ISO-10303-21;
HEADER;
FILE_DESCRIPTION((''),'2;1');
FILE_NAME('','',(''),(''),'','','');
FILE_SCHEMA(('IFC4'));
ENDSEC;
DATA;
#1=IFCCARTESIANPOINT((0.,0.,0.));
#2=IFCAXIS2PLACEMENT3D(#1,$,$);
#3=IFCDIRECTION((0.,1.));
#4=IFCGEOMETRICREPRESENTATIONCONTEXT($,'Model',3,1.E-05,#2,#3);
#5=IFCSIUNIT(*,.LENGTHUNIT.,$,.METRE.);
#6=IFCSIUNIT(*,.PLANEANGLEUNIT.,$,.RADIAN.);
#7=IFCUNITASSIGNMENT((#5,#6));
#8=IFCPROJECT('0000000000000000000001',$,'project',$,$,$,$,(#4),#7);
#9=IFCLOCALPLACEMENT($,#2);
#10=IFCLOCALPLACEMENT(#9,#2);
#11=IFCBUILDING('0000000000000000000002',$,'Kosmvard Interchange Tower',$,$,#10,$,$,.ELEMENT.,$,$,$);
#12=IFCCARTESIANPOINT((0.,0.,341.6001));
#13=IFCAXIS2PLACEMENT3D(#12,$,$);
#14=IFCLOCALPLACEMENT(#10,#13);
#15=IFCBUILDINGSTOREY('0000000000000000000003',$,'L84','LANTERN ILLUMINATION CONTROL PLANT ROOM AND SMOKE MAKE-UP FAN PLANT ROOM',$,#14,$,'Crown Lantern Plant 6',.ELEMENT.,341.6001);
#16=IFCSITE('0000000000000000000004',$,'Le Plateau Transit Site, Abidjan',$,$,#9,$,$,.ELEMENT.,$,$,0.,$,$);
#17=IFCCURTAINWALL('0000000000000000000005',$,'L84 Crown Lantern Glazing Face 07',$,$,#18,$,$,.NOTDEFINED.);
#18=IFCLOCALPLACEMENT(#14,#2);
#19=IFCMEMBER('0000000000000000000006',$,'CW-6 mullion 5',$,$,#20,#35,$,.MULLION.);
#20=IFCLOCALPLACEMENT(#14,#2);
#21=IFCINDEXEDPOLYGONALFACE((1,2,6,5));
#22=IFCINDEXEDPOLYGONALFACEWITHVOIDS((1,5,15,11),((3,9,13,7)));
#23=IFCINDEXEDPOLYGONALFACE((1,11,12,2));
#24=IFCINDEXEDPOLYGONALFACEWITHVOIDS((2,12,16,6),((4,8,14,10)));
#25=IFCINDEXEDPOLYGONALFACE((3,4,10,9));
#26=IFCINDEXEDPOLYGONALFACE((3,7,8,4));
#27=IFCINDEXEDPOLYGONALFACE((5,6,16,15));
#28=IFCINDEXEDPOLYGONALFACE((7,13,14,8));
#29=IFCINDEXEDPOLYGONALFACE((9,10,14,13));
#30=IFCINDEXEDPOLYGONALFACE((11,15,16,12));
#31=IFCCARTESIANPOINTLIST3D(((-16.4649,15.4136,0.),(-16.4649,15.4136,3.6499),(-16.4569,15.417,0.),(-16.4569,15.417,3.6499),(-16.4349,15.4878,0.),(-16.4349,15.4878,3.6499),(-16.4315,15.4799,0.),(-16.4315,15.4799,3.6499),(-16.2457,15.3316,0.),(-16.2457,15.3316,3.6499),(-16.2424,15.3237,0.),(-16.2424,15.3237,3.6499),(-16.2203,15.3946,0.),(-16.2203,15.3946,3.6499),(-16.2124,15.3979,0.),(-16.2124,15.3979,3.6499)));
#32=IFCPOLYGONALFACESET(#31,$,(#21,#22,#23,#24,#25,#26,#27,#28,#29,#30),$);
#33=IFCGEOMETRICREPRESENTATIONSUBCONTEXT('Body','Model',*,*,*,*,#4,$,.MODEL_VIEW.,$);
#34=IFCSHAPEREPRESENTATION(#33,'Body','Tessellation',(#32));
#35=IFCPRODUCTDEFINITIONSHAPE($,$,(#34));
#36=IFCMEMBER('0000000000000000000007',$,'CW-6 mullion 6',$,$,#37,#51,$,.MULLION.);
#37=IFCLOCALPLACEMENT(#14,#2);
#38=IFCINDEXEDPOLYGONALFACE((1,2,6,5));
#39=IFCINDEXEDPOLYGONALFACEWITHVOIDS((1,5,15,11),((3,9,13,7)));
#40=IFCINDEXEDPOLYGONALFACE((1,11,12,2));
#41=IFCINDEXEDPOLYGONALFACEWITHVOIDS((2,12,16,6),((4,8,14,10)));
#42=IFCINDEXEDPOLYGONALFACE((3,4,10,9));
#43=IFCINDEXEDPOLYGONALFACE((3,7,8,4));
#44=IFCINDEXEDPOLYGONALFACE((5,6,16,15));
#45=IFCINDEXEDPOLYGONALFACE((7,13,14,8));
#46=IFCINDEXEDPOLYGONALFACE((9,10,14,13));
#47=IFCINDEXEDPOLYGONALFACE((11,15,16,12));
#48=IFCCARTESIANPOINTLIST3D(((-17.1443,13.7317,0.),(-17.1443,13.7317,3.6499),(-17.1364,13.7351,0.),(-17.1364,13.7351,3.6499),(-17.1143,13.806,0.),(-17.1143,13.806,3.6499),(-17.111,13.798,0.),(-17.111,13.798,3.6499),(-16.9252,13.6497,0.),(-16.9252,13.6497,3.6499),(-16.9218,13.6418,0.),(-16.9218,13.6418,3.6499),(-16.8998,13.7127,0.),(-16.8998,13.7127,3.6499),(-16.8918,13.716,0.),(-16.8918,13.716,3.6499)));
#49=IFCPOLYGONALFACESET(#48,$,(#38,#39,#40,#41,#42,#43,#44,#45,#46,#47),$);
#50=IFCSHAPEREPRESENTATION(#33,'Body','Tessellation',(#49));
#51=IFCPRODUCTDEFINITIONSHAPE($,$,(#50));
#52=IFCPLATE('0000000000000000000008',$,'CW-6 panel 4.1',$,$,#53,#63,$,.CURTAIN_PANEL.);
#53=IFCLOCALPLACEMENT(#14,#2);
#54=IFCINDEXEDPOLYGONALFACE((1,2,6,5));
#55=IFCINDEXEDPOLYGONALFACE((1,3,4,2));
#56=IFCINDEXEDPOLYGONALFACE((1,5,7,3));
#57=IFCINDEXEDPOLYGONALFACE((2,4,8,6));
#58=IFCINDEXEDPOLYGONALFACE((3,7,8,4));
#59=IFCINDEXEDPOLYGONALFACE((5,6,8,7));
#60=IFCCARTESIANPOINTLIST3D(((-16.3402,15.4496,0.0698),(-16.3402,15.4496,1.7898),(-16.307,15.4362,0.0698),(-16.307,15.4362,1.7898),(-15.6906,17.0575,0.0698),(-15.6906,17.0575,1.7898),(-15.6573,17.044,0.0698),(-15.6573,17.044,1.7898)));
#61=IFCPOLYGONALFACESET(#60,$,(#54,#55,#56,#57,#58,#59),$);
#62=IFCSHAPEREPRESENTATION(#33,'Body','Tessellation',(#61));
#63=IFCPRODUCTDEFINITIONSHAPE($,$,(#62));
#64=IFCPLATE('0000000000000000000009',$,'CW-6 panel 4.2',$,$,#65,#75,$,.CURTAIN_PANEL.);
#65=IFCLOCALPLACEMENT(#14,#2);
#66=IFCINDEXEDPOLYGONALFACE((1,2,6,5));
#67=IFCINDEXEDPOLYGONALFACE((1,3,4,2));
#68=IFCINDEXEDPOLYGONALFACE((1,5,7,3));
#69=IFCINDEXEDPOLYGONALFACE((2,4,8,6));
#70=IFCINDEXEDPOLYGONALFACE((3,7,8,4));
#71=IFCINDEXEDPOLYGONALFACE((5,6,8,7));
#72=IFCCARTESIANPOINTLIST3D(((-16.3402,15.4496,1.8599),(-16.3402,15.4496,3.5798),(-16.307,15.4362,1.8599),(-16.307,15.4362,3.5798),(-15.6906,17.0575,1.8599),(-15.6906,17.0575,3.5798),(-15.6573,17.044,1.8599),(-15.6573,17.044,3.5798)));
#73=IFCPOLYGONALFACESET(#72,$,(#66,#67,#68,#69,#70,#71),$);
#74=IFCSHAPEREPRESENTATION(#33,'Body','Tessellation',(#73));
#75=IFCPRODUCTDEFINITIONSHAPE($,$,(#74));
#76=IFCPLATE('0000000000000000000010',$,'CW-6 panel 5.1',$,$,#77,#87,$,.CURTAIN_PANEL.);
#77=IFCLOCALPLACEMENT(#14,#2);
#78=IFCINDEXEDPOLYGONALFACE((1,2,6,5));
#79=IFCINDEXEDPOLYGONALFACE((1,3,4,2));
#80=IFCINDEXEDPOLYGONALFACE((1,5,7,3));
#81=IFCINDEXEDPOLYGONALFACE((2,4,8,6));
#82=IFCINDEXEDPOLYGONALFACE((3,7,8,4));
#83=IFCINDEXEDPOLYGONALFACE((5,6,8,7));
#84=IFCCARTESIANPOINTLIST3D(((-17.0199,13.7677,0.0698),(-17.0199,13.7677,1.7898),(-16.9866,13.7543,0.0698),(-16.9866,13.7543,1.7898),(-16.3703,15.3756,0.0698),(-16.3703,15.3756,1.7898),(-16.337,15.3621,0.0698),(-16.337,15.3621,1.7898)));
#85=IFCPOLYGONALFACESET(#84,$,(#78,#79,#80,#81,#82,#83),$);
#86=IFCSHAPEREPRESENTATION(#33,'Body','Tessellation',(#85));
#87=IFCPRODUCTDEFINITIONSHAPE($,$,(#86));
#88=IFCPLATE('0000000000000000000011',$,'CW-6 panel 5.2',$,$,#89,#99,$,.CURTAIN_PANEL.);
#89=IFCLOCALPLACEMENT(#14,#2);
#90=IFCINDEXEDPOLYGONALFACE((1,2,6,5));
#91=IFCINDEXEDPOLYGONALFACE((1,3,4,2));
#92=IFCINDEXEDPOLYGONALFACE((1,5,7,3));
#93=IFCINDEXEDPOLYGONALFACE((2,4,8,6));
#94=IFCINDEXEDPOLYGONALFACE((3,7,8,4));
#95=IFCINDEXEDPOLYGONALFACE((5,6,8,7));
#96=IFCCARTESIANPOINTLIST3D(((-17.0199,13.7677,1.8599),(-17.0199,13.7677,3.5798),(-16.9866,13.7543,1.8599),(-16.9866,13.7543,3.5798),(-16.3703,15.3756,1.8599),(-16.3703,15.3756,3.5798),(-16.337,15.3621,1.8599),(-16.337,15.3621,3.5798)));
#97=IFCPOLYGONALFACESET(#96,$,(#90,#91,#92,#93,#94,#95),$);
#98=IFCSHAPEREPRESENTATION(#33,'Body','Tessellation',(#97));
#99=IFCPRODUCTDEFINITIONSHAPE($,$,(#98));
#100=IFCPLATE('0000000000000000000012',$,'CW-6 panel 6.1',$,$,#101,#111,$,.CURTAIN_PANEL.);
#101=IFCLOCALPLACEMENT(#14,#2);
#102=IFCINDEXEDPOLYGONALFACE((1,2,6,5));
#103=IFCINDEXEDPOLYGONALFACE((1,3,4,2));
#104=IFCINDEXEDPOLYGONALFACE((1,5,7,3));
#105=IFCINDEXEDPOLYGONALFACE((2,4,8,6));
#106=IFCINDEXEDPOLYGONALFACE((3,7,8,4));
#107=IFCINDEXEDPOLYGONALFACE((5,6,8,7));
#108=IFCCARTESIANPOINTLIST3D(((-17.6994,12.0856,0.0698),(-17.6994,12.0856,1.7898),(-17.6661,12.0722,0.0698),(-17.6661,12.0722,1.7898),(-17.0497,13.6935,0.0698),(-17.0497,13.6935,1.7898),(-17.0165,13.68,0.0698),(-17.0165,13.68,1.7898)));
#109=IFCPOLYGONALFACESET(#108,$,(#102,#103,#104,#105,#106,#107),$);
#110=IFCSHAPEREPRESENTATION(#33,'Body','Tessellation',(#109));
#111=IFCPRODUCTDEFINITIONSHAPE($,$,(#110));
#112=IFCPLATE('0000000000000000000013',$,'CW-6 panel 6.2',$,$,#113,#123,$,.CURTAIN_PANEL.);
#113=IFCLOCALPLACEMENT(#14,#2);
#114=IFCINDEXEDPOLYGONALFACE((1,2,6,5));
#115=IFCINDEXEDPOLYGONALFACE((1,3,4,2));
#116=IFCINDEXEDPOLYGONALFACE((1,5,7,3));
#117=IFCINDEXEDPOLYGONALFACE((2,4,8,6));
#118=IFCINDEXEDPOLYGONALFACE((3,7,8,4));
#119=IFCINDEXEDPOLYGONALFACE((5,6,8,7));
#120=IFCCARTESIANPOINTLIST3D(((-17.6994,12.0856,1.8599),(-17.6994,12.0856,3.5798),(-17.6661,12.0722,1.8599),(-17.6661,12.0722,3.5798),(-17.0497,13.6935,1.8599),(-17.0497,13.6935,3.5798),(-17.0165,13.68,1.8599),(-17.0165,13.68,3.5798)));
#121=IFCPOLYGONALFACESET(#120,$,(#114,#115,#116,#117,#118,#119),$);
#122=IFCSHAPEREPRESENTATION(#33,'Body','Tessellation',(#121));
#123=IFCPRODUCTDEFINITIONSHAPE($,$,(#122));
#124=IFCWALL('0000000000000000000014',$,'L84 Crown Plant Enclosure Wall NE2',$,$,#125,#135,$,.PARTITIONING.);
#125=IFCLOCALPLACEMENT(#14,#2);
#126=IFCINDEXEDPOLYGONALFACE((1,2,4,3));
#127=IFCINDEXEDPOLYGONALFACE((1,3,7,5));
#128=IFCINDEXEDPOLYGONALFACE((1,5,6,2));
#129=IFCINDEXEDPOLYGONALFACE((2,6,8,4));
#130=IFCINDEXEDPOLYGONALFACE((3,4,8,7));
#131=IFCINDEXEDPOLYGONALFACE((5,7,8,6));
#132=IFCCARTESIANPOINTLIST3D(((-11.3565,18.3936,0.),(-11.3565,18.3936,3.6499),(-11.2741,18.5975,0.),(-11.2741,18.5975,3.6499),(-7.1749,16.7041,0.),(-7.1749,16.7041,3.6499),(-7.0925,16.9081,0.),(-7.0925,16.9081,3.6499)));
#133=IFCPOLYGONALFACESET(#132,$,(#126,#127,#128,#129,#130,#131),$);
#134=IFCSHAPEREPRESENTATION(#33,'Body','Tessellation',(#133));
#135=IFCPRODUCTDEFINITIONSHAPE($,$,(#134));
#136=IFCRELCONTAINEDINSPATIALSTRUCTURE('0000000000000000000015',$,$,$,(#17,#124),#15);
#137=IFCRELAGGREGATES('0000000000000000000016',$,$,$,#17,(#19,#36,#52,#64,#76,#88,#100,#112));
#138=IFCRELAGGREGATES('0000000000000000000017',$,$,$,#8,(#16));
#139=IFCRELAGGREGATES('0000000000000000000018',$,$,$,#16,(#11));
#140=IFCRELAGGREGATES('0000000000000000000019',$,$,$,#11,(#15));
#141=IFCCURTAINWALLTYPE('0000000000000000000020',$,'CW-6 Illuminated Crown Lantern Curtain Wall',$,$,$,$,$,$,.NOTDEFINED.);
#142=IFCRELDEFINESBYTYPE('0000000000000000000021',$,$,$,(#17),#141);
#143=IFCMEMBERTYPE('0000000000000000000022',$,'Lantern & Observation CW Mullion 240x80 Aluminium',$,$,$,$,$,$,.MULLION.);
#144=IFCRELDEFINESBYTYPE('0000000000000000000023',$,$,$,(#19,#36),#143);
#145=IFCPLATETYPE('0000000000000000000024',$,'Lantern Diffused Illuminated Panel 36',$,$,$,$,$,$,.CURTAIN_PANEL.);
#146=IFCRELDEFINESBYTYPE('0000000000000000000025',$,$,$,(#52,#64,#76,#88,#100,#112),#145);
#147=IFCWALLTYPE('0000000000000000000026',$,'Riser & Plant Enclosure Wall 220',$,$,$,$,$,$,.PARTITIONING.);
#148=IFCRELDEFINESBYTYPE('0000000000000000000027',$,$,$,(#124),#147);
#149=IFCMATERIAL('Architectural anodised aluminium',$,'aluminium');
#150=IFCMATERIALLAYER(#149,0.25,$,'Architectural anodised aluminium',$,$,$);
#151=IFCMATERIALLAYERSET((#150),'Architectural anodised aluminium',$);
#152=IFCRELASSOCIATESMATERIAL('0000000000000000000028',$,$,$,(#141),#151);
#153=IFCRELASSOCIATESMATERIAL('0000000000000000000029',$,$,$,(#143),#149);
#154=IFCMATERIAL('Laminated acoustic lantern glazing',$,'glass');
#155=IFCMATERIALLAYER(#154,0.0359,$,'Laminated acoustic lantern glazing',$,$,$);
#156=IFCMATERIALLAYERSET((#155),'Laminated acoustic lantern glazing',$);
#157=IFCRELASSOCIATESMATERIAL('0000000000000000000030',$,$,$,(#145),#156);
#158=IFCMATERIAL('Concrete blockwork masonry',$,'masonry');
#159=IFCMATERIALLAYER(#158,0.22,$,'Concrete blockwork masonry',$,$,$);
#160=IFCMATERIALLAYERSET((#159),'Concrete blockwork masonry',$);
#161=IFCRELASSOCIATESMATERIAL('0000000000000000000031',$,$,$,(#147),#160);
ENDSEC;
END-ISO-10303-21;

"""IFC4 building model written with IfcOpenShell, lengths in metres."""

from ifc_helpers import new_model, si_unit, direction, frame, frame_2d, origin, origin_2d, place, context, subcontext, project, spatial, rectangle, hollow_rectangle, extrude, source, transform, mapped, material, layer, layer_set, material_profile, profile_set, type_object, element, aggregate, save


model = new_model("IFC4")

# Units and contexts
model_context = context("Model", 3, precision=1e-05, world=origin(), true_north=direction((0.0, 1.0)))
body_context = subcontext(model_context, "Body", "Model", "MODEL_VIEW")
ifc_project = project(units=[si_unit("LENGTHUNIT", "METRE"), si_unit("PLANEANGLEUNIT", "RADIAN")], contexts=[model_context])

# Site, building, storey
site_placement = place(None, origin())
site = spatial("IfcSite", under=ifc_project, at=site_placement, Name="Le Plateau Transit Site, Abidjan", CompositionType="ELEMENT", RefElevation=0.0)
building_placement = place(site_placement, origin())
building = spatial("IfcBuilding", under=site, at=building_placement, Name="Kosmvard Interchange Tower", CompositionType="ELEMENT")
storey_placement = place(building_placement, frame((0.0, 0.0, 341.6001)))
storey = spatial("IfcBuildingStorey", under=building, at=storey_placement, Name="L84", Description="LANTERN ILLUMINATION CONTROL PLANT ROOM AND SMOKE MAKE-UP FAN PLANT ROOM", LongName="Crown Lantern Plant 6", CompositionType="ELEMENT", Elevation=341.6001)

# Curtain wall, members, plates
ifc_material_1 = material(Name="Architectural anodised aluminium", Category="aluminium")
ifc_layer_1 = layer(ifc_material_1, 0.25, Name="Architectural anodised aluminium")
ifc_layer_set_1 = layer_set([ifc_layer_1], Name="Architectural anodised aluminium")
curtain_wall_type = type_object("IfcCurtainWallType", Name="CW-6 Illuminated Crown Lantern Curtain Wall", PredefinedType="NOTDEFINED", material=ifc_layer_set_1)
curtain_wall_placement = place(storey_placement, origin())
curtain_wall = element("IfcCurtainWall", 1, at=curtain_wall_placement, inside=storey, type_object=curtain_wall_type, Name="L84 Crown Lantern Glazing Face 07", PredefinedType="NOTDEFINED")
ifc_material_profile_1 = material_profile(ifc_material_1, hollow_rectangle(XDim=0.24, YDim=0.0801, WallThickness=0.0061, at=origin_2d()), Name="CWM 240x80x6")
ifc_profile_set_1 = profile_set([ifc_material_profile_1], Name="Architectural anodised aluminium")
member_type_1 = type_object("IfcMemberType", Name="Lantern & Observation CW Mullion 240x80 Aluminium", PredefinedType="MULLION", material=ifc_profile_set_1)
shared_shape_1 = source(origin(), body_context, "Body", "SweptSolid", [
    extrude(hollow_rectangle(XDim=0.24, YDim=0.0801, WallThickness=0.0061, at=origin_2d()), origin(), (0.0, 0.0, 1.0), 3.6499),
])
member_1_placement = place(storey_placement, frame((-16.3386, 15.4058, 0.0), z_axis=(0.0, 0.0, 1.0), x_axis=(0.927184, -0.374607, 0.0)))
member_1 = element("IfcMember", 2, at=member_1_placement, type_object=member_type_1, Name="CW-6 mullion 5", PredefinedType="MULLION", context=body_context, shape_type="MappedRepresentation", body=[
    mapped(shared_shape_1, transform((0.0, 0.0, 0.0), scale=1.0)),
])
member_2_placement = place(storey_placement, frame((-17.0181, 13.7239, 0.0), z_axis=(0.0, 0.0, 1.0), x_axis=(0.927184, -0.374607, 0.0)))
member_2 = element("IfcMember", 3, at=member_2_placement, type_object=member_type_1, Name="CW-6 mullion 6", PredefinedType="MULLION", context=body_context, shape_type="MappedRepresentation", body=[
    mapped(shared_shape_1, transform((0.0, 0.0, 0.0), scale=1.0)),
])
ifc_material_2 = material(Name="Laminated acoustic lantern glazing", Category="glass")
ifc_layer_2 = layer(ifc_material_2, 0.0359, Name="Laminated acoustic lantern glazing")
ifc_layer_set_2 = layer_set([ifc_layer_2], Name="Laminated acoustic lantern glazing")
plate_type = type_object("IfcPlateType", Name="Lantern Diffused Illuminated Panel 36", PredefinedType="CURTAIN_PANEL", material=ifc_layer_set_2)
shared_shape_2 = source(origin(), body_context, "Body", "SweptSolid", [
    extrude(rectangle(XDim=1.7341, YDim=0.0359, at=origin_2d()), origin(), (0.0, 0.0, 1.0), 1.72),
])
plate_1_placement = place(storey_placement, frame((-15.9988, 16.2468, 0.0698), z_axis=(0.0, 0.0, 1.0), x_axis=(-0.374607, -0.927184, 0.0)))
plate_1 = element("IfcPlate", 4, at=plate_1_placement, type_object=plate_type, Name="CW-6 panel 4.1", PredefinedType="CURTAIN_PANEL", context=body_context, shape_type="MappedRepresentation", body=[
    mapped(shared_shape_2, transform((0.0, 0.0, 0.0), scale=1.0)),
])
plate_2_placement = place(storey_placement, frame((-15.9988, 16.2468, 1.8599), z_axis=(0.0, 0.0, 1.0), x_axis=(-0.374607, -0.927184, 0.0)))
plate_2 = element("IfcPlate", 5, at=plate_2_placement, type_object=plate_type, Name="CW-6 panel 4.2", PredefinedType="CURTAIN_PANEL", context=body_context, shape_type="MappedRepresentation", body=[
    mapped(shared_shape_2, transform((0.0, 0.0, 0.0), scale=1.0)),
])
plate_3_placement = place(storey_placement, frame((-16.6785, 14.5649, 0.0698), z_axis=(0.0, 0.0, 1.0), x_axis=(-0.374607, -0.927184, 0.0)))
plate_3 = element("IfcPlate", 6, at=plate_3_placement, type_object=plate_type, Name="CW-6 panel 5.1", PredefinedType="CURTAIN_PANEL", context=body_context, shape_type="MappedRepresentation", body=[
    mapped(shared_shape_2, transform((0.0, 0.0, 0.0), scale=1.0)),
])
plate_4_placement = place(storey_placement, frame((-16.6785, 14.5649, 1.8599), z_axis=(0.0, 0.0, 1.0), x_axis=(-0.374607, -0.927184, 0.0)))
plate_4 = element("IfcPlate", 7, at=plate_4_placement, type_object=plate_type, Name="CW-6 panel 5.2", PredefinedType="CURTAIN_PANEL", context=body_context, shape_type="MappedRepresentation", body=[
    mapped(shared_shape_2, transform((0.0, 0.0, 0.0), scale=1.0)),
])
plate_5_placement = place(storey_placement, frame((-17.3579, 12.8828, 0.0698), z_axis=(0.0, 0.0, 1.0), x_axis=(-0.374607, -0.927184, 0.0)))
plate_5 = element("IfcPlate", 8, at=plate_5_placement, type_object=plate_type, Name="CW-6 panel 6.1", PredefinedType="CURTAIN_PANEL", context=body_context, shape_type="MappedRepresentation", body=[
    mapped(shared_shape_2, transform((0.0, 0.0, 0.0), scale=1.0)),
])
plate_6_placement = place(storey_placement, frame((-17.3579, 12.8828, 1.8599), z_axis=(0.0, 0.0, 1.0), x_axis=(-0.374607, -0.927184, 0.0)))
plate_6 = element("IfcPlate", 9, at=plate_6_placement, type_object=plate_type, Name="CW-6 panel 6.2", PredefinedType="CURTAIN_PANEL", context=body_context, shape_type="MappedRepresentation", body=[
    mapped(shared_shape_2, transform((0.0, 0.0, 0.0), scale=1.0)),
])
aggregate(curtain_wall, [member_1, member_2, plate_1, plate_2, plate_3, plate_4, plate_5, plate_6])

# Wall
ifc_material_3 = material(Name="Concrete blockwork masonry", Category="masonry")
ifc_layer_3 = layer(ifc_material_3, 0.22, Name="Concrete blockwork masonry")
ifc_layer_set_3 = layer_set([ifc_layer_3], Name="Concrete blockwork masonry")
wall_type = type_object("IfcWallType", Name="Riser & Plant Enclosure Wall 220", PredefinedType="PARTITIONING", material=ifc_layer_set_3)
wall_placement = place(storey_placement, frame((-7.1338, 16.8062, 0.0), z_axis=(0.0, 0.0, 1.0), x_axis=(-0.927187, 0.374599, 0.0)))
element("IfcWall", 10, at=wall_placement, inside=storey, type_object=wall_type, Name="L84 Crown Plant Enclosure Wall NE2", PredefinedType="PARTITIONING", context=body_context, shape_type="SweptSolid", body=[
    extrude(rectangle(XDim=4.51, YDim=0.22, at=frame_2d((2.2549, 0.0))), origin(), (0.0, 0.0, 1.0), 3.6499),
])

save(model, "model.ifc")
